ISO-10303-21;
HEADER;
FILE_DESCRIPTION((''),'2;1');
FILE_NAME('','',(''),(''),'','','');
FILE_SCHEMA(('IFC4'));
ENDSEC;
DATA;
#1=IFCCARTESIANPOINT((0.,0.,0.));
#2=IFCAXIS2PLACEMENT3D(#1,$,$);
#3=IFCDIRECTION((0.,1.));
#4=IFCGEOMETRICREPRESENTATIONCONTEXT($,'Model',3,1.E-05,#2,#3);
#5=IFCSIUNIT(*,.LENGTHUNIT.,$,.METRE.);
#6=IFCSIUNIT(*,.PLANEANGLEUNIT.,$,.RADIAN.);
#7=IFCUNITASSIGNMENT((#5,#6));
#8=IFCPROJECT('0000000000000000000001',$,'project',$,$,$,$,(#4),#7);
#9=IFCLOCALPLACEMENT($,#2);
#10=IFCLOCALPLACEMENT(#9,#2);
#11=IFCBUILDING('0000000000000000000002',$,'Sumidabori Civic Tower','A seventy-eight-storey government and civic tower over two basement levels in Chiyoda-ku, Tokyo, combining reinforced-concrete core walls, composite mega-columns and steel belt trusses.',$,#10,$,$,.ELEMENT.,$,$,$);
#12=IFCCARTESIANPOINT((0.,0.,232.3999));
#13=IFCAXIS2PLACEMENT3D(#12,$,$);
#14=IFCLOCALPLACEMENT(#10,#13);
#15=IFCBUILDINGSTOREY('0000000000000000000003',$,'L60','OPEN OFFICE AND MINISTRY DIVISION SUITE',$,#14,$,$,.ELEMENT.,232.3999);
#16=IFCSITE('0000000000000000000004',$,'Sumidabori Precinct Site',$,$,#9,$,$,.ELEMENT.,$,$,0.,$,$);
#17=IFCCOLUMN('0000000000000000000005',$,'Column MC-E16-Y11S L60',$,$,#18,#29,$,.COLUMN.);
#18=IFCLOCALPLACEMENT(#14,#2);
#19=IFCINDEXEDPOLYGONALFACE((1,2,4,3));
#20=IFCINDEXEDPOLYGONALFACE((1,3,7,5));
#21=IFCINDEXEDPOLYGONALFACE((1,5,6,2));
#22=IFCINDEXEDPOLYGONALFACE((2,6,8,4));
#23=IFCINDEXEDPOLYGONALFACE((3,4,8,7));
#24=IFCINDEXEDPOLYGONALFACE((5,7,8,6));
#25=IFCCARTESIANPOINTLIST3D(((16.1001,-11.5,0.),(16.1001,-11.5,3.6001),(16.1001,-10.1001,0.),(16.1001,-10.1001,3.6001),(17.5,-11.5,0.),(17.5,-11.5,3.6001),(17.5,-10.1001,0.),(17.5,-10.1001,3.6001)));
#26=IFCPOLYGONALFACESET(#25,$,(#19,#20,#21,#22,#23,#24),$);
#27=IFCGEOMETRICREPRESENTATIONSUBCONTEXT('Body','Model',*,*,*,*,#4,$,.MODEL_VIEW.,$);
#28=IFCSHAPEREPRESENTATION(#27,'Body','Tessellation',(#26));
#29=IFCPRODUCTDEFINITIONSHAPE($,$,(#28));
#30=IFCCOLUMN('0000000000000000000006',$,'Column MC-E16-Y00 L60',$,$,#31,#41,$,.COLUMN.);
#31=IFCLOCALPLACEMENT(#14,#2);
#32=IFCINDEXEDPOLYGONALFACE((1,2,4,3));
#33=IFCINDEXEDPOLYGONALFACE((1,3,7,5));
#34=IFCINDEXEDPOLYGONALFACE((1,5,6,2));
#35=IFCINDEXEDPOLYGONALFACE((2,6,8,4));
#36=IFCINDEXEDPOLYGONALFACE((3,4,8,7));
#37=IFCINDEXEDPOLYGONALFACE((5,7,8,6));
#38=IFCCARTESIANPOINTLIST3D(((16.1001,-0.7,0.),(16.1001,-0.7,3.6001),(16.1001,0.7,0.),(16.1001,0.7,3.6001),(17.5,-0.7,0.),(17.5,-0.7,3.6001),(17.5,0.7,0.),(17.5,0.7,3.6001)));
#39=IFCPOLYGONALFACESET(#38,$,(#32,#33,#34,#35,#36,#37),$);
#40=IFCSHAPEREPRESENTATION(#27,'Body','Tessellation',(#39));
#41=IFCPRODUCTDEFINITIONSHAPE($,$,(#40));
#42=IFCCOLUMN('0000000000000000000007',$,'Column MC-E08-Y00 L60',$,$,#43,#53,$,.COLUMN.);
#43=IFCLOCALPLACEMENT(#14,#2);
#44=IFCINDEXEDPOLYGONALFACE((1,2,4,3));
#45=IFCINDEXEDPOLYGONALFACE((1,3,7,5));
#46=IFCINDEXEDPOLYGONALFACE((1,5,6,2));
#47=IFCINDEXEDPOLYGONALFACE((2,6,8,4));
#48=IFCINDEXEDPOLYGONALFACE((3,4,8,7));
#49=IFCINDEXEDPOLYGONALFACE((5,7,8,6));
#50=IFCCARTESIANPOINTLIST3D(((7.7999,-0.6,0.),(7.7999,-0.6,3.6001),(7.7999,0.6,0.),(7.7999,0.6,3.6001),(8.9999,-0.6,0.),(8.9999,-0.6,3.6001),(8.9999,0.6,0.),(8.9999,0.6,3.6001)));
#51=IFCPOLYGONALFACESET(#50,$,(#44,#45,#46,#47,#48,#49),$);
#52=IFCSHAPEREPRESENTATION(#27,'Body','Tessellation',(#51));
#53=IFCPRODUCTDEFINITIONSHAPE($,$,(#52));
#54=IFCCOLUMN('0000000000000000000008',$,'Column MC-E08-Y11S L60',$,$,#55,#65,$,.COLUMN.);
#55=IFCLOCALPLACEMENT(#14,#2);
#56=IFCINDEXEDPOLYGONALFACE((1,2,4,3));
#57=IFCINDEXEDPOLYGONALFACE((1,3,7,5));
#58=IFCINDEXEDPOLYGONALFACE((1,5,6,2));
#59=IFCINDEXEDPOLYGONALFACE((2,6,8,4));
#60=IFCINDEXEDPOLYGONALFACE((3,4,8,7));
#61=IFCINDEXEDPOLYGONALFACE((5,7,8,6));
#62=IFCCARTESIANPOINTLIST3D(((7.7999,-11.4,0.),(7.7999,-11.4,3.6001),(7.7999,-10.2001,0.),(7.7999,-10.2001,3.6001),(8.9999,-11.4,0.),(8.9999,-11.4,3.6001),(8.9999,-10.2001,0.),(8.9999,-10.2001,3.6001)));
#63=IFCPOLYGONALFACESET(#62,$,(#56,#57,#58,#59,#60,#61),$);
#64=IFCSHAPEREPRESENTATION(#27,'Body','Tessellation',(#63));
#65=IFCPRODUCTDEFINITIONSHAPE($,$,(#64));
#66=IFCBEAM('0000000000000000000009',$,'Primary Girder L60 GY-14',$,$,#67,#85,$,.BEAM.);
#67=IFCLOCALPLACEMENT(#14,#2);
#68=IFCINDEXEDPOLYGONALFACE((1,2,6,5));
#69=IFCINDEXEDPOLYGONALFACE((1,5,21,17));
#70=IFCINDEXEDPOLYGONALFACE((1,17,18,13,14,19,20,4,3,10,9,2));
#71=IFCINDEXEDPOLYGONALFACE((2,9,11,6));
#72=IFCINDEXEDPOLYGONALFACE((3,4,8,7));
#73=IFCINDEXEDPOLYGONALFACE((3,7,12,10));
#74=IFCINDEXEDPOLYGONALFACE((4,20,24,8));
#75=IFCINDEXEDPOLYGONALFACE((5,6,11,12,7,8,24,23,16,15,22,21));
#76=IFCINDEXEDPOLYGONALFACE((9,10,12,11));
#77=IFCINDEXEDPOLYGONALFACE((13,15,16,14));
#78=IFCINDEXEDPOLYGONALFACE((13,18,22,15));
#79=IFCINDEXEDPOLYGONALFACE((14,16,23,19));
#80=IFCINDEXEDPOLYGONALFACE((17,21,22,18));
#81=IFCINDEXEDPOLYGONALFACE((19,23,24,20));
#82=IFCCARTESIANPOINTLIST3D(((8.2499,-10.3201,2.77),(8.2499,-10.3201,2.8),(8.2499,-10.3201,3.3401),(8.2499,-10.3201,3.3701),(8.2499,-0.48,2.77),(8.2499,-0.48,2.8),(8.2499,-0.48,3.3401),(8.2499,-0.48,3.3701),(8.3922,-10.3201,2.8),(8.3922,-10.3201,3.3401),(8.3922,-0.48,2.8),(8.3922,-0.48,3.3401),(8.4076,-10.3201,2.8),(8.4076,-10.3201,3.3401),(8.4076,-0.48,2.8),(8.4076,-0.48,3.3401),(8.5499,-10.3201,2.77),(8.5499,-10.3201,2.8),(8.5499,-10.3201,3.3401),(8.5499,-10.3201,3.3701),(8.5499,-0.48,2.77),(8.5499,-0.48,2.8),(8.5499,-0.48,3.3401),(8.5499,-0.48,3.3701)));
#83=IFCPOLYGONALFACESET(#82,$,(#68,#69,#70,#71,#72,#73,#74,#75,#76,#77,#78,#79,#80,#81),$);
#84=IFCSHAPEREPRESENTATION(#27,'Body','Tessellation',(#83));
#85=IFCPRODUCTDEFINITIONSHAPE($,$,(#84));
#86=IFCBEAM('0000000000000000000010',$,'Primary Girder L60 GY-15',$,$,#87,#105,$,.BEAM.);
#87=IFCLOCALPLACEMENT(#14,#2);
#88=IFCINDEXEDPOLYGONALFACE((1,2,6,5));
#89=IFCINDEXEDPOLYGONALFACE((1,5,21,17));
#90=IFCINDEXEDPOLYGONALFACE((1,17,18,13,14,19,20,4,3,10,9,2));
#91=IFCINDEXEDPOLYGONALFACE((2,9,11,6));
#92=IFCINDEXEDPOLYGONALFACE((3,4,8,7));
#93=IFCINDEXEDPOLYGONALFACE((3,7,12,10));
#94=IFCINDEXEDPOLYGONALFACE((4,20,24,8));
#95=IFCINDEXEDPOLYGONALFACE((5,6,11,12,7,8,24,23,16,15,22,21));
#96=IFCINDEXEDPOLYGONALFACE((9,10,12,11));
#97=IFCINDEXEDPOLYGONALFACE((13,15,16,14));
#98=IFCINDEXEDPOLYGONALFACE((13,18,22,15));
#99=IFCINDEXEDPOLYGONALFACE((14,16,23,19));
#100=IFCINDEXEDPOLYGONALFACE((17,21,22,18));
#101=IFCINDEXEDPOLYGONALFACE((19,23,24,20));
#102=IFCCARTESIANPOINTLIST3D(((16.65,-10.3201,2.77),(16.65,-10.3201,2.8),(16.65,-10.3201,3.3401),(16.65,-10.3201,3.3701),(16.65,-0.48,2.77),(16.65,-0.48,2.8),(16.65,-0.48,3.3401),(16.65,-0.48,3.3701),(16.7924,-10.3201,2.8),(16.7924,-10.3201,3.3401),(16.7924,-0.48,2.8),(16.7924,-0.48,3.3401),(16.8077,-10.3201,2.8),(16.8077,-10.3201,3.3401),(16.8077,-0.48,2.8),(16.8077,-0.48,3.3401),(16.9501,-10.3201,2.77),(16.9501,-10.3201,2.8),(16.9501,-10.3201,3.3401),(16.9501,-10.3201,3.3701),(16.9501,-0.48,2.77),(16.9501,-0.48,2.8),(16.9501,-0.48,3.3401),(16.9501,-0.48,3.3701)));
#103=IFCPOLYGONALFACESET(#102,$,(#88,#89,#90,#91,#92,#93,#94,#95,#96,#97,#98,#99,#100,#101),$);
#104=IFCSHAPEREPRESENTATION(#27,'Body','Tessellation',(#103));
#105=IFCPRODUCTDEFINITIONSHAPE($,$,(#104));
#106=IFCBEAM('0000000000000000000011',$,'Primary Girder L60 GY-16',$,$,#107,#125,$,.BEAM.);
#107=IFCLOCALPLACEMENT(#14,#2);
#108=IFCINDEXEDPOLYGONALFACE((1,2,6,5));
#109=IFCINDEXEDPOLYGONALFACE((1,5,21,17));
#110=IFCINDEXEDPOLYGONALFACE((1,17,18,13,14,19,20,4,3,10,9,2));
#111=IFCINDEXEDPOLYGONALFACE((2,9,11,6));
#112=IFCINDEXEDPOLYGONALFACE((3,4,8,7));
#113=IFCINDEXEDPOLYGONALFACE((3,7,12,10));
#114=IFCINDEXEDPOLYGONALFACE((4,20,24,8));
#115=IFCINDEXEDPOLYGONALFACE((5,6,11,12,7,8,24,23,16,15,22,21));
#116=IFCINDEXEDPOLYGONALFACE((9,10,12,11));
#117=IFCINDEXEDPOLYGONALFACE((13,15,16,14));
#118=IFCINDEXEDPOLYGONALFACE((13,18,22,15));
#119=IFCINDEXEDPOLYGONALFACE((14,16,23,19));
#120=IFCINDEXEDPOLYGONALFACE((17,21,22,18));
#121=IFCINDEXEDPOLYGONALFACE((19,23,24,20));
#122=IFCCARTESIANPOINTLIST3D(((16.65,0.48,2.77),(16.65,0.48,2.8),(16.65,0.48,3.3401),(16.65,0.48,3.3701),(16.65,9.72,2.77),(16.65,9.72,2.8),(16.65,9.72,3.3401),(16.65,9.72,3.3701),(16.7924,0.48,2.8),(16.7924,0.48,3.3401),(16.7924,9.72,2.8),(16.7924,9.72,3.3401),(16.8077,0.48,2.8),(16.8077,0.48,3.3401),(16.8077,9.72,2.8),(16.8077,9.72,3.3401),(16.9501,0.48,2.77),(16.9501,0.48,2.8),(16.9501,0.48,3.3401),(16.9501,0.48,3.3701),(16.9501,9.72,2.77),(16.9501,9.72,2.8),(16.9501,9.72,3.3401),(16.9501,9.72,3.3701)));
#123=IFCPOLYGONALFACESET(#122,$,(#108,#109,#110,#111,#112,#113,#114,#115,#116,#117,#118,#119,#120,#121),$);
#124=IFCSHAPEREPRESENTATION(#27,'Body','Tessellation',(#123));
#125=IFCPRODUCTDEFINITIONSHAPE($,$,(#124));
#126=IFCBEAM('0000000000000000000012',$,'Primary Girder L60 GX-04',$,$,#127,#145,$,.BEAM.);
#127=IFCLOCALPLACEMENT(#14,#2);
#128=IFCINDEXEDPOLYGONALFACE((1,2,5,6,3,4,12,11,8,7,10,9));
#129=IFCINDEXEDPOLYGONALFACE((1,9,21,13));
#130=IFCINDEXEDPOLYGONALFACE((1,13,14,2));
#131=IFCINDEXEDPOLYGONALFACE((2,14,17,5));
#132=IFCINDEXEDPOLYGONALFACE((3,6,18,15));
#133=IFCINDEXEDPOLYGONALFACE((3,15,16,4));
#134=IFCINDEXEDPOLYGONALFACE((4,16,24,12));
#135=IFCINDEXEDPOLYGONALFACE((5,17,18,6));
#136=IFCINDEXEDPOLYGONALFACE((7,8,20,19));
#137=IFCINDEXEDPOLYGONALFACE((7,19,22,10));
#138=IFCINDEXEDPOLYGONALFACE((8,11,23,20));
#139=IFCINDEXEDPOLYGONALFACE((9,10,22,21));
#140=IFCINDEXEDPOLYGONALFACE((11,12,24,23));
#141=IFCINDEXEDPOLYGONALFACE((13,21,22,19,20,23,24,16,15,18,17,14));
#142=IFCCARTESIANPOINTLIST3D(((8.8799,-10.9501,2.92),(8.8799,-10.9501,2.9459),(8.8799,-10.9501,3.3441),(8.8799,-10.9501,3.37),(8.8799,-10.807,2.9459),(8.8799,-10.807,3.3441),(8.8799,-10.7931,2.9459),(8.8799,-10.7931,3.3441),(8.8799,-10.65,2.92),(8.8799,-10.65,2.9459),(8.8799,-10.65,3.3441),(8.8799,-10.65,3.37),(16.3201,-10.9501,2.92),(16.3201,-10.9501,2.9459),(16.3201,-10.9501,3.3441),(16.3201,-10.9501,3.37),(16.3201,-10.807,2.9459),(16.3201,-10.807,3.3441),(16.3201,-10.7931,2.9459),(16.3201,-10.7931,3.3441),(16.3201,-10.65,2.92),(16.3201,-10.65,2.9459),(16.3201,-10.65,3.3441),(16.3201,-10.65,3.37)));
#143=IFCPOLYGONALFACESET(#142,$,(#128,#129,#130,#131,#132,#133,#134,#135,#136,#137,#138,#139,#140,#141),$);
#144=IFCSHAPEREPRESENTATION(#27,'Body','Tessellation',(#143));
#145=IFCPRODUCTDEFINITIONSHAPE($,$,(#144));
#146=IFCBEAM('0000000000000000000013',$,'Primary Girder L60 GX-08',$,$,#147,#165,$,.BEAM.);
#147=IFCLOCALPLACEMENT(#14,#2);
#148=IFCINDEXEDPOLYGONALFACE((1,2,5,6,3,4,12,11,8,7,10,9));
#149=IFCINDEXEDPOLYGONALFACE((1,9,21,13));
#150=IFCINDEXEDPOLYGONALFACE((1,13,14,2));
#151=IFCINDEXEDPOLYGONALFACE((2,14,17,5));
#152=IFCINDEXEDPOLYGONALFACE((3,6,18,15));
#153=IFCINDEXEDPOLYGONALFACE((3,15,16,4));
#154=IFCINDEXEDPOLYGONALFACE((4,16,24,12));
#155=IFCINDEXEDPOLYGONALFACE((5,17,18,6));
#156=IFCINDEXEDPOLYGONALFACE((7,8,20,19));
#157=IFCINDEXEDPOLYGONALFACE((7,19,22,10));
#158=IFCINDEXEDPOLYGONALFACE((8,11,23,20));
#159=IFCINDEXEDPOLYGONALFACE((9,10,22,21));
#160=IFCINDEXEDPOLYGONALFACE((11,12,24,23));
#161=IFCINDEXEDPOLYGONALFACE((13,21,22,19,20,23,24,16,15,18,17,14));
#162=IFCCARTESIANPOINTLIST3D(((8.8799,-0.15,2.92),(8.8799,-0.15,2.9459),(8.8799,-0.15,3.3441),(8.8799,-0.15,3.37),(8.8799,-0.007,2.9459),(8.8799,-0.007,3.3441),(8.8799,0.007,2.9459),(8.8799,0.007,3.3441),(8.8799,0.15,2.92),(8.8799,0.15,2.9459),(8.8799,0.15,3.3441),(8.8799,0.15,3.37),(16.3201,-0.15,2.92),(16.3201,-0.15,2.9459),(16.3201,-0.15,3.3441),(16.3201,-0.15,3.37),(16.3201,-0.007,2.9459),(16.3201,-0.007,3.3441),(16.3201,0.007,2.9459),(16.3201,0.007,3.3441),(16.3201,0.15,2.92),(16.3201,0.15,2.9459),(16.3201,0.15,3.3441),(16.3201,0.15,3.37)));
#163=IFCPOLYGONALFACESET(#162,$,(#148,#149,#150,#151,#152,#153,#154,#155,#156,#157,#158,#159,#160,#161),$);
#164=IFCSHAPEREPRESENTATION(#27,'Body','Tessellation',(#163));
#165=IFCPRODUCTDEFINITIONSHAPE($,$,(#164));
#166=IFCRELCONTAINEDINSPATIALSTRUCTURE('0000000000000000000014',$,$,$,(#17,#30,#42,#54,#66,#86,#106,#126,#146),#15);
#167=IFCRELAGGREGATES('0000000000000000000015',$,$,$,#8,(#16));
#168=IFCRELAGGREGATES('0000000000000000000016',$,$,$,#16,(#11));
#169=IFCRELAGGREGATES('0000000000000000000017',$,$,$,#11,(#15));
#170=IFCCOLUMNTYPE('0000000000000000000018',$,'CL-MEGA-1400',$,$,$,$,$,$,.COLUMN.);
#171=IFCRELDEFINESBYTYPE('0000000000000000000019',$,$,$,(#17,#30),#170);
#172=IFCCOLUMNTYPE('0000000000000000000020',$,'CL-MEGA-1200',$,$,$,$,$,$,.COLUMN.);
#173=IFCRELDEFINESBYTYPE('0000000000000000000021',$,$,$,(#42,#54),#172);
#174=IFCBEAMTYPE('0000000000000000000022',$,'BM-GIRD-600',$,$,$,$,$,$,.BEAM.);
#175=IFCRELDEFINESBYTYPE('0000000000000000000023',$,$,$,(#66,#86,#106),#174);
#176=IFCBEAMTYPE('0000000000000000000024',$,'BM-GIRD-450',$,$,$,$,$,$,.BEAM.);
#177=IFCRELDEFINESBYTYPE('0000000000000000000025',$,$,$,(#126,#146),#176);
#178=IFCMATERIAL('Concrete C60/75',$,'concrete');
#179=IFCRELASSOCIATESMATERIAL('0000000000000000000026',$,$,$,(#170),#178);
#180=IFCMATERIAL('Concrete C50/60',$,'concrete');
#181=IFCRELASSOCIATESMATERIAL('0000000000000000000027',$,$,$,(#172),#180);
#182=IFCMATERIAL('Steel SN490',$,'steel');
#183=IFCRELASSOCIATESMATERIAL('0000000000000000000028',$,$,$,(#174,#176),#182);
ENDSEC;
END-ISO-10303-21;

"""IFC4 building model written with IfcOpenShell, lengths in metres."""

from ifc_helpers import new_model, si_unit, direction, frame, origin, origin_2d, place, context, subcontext, project, spatial, rectangle, i_section, extrude, source, transform, mapped, material, material_profile, profile_set, type_object, element, save


model = new_model("IFC4")

# Units and contexts
model_context = context("Model", 3, precision=1e-05, world=origin(), true_north=direction((0.0, 1.0)))
body_context = subcontext(model_context, "Body", "Model", "MODEL_VIEW")
ifc_project = project(units=[si_unit("LENGTHUNIT", "METRE"), si_unit("PLANEANGLEUNIT", "RADIAN")], contexts=[model_context])

# Site, building, storey
site_placement = place(None, origin())
site = spatial("IfcSite", under=ifc_project, at=site_placement, Name="Sumidabori Precinct Site", CompositionType="ELEMENT", RefElevation=0.0)
building_placement = place(site_placement, origin())
building = spatial("IfcBuilding", under=site, at=building_placement, Name="Sumidabori Civic Tower", Description="A seventy-eight-storey government and civic tower over two basement levels in Chiyoda-ku, Tokyo, combining reinforced-concrete core walls, composite mega-columns and steel belt trusses.", CompositionType="ELEMENT")
storey_placement = place(building_placement, frame((0.0, 0.0, 232.3999)))
storey = spatial("IfcBuildingStorey", under=building, at=storey_placement, Name="L60", Description="OPEN OFFICE AND MINISTRY DIVISION SUITE", CompositionType="ELEMENT", Elevation=232.3999)

# Columns
ifc_material_1 = material(Name="Concrete C60/75", Category="concrete")
ifc_material_profile_1 = material_profile(ifc_material_1, rectangle(XDim=1.3999, YDim=1.3999, at=origin_2d()), Name="RC 1400x1400")
ifc_profile_set_1 = profile_set([ifc_material_profile_1], Name="Concrete C60/75")
column_type_1 = type_object("IfcColumnType", Name="CL-MEGA-1400", PredefinedType="COLUMN", material=ifc_profile_set_1)
shared_shape_1 = source(origin(), body_context, "Body", "SweptSolid", [
    extrude(rectangle(XDim=1.3999, YDim=1.3999, at=origin_2d()), origin(), (0.0, 0.0, 1.0), 3.6001),
])
for number, where, z_axis, x_axis, name in (
    (1, (16.8, -10.8, 0.0), (0.0, 0.0, 1.0), (1.0, 0.0, 0.0), "Column MC-E16-Y11S L60"),
    (2, (16.8, 0.0, 0.0), (0.0, 0.0, 1.0), (1.0, 0.0, 0.0), "Column MC-E16-Y00 L60"),
):
    element("IfcColumn", number, at=place(storey_placement, frame(where, z_axis=z_axis, x_axis=x_axis)), inside=storey, type_object=column_type_1, Name=name, PredefinedType="COLUMN", context=body_context, shape_type="MappedRepresentation", body=[
        mapped(shared_shape_1, transform((0.0, 0.0, 0.0), x_axis=(1.0, 0.0, 0.0), y_axis=(0.0, 1.0, 0.0), z_axis=(0.0, 0.0, 1.0), scale=1.0)),
    ])
ifc_material_2 = material(Name="Concrete C50/60", Category="concrete")
ifc_material_profile_2 = material_profile(ifc_material_2, rectangle(XDim=1.2, YDim=1.2, at=origin_2d()), Name="RC 1200x1200")
ifc_profile_set_2 = profile_set([ifc_material_profile_2], Name="Concrete C50/60")
column_type_2 = type_object("IfcColumnType", Name="CL-MEGA-1200", PredefinedType="COLUMN", material=ifc_profile_set_2)
shared_shape_2 = source(origin(), body_context, "Body", "SweptSolid", [
    extrude(rectangle(XDim=1.2, YDim=1.2, at=origin_2d()), origin(), (0.0, 0.0, 1.0), 3.6001),
])
for number, where, z_axis, x_axis, name in (
    (3, (8.3999, 0.0, 0.0), (0.0, 0.0, 1.0), (1.0, 0.0, 0.0), "Column MC-E08-Y00 L60"),
    (4, (8.3999, -10.8, 0.0), (0.0, 0.0, 1.0), (1.0, 0.0, 0.0), "Column MC-E08-Y11S L60"),
):
    element("IfcColumn", number, at=place(storey_placement, frame(where, z_axis=z_axis, x_axis=x_axis)), inside=storey, type_object=column_type_2, Name=name, PredefinedType="COLUMN", context=body_context, shape_type="MappedRepresentation", body=[
        mapped(shared_shape_2, transform((0.0, 0.0, 0.0), x_axis=(1.0, 0.0, 0.0), y_axis=(0.0, 1.0, 0.0), z_axis=(0.0, 0.0, 1.0), scale=1.0)),
    ])

# Beams
ifc_material_3 = material(Name="Steel SN490", Category="steel")
ifc_material_profile_3 = material_profile(ifc_material_3, i_section(OverallWidth=0.3, OverallDepth=0.6001, WebThickness=0.0154, FlangeThickness=0.03, at=origin_2d()), Name="HE 600 B")
ifc_profile_set_3 = profile_set([ifc_material_profile_3], Name="Steel SN490")
beam_type_1 = type_object("IfcBeamType", Name="BM-GIRD-600", PredefinedType="BEAM", material=ifc_profile_set_3)
shared_shape_3 = source(origin(), body_context, "Body", "SweptSolid", [
    extrude(i_section(OverallWidth=0.3, OverallDepth=0.6001, WebThickness=0.0154, FlangeThickness=0.03, at=origin_2d()), origin(), (0.0, 0.0, 1.0), 9.8401),
])
for number, where, z_axis, x_axis, name in (
    (5, (8.3999, -10.3201, 3.0701), (0.0, 1.0, 0.0), (-1.0, 0.0, 0.0), "Primary Girder L60 GY-14"),
    (6, (16.8, -10.3201, 3.0701), (0.0, 1.0, 0.0), (-1.0, 0.0, 0.0), "Primary Girder L60 GY-15"),
):
    element("IfcBeam", number, at=place(storey_placement, frame(where, z_axis=z_axis, x_axis=x_axis)), inside=storey, type_object=beam_type_1, Name=name, PredefinedType="BEAM", context=body_context, shape_type="MappedRepresentation", body=[
        mapped(shared_shape_3, transform((0.0, 0.0, 0.0), x_axis=(1.0, 0.0, 0.0), y_axis=(0.0, 1.0, 0.0), z_axis=(0.0, 0.0, 1.0), scale=1.0)),
    ])
shared_shape_4 = source(origin(), body_context, "Body", "SweptSolid", [
    extrude(i_section(OverallWidth=0.3, OverallDepth=0.6001, WebThickness=0.0154, FlangeThickness=0.03, at=origin_2d()), origin(), (0.0, 0.0, 1.0), 9.24),
])
beam_1_placement = place(storey_placement, frame((16.8, 0.48, 3.0701), z_axis=(0.0, 1.0, 0.0), x_axis=(-1.0, 0.0, 0.0)))
element("IfcBeam", 7, at=beam_1_placement, inside=storey, type_object=beam_type_1, Name="Primary Girder L60 GY-16", PredefinedType="BEAM", context=body_context, shape_type="MappedRepresentation", body=[
    mapped(shared_shape_4, transform((0.0, 0.0, 0.0), x_axis=(1.0, 0.0, 0.0), y_axis=(0.0, 1.0, 0.0), z_axis=(0.0, 0.0, 1.0), scale=1.0)),
])
ifc_material_profile_4 = material_profile(ifc_material_3, i_section(OverallWidth=0.3, OverallDepth=0.45, WebThickness=0.0139, FlangeThickness=0.0259, at=origin_2d()), Name="HE 450 B")
ifc_profile_set_4 = profile_set([ifc_material_profile_4], Name="Steel SN490")
beam_type_2 = type_object("IfcBeamType", Name="BM-GIRD-450", PredefinedType="BEAM", material=ifc_profile_set_4)
shared_shape_5 = source(origin(), body_context, "Body", "SweptSolid", [
    extrude(i_section(OverallWidth=0.3, OverallDepth=0.45, WebThickness=0.0139, FlangeThickness=0.0259, at=origin_2d()), origin(), (0.0, 0.0, 1.0), 7.4402),
])
for number, where, z_axis, x_axis, name in (
    (8, (8.8799, -10.8, 3.145), (1.0, 0.0, 0.0), (0.0, 1.0, 0.0), "Primary Girder L60 GX-04"),
    (9, (8.8799, 0.0, 3.145), (1.0, 0.0, 0.0), (0.0, 1.0, 0.0), "Primary Girder L60 GX-08"),
):
    element("IfcBeam", number, at=place(storey_placement, frame(where, z_axis=z_axis, x_axis=x_axis)), inside=storey, type_object=beam_type_2, Name=name, PredefinedType="BEAM", context=body_context, shape_type="MappedRepresentation", body=[
        mapped(shared_shape_5, transform((0.0, 0.0, 0.0), x_axis=(1.0, 0.0, 0.0), y_axis=(0.0, 1.0, 0.0), z_axis=(0.0, 0.0, 1.0), scale=1.0)),
    ])

save(model, "model.ifc")
